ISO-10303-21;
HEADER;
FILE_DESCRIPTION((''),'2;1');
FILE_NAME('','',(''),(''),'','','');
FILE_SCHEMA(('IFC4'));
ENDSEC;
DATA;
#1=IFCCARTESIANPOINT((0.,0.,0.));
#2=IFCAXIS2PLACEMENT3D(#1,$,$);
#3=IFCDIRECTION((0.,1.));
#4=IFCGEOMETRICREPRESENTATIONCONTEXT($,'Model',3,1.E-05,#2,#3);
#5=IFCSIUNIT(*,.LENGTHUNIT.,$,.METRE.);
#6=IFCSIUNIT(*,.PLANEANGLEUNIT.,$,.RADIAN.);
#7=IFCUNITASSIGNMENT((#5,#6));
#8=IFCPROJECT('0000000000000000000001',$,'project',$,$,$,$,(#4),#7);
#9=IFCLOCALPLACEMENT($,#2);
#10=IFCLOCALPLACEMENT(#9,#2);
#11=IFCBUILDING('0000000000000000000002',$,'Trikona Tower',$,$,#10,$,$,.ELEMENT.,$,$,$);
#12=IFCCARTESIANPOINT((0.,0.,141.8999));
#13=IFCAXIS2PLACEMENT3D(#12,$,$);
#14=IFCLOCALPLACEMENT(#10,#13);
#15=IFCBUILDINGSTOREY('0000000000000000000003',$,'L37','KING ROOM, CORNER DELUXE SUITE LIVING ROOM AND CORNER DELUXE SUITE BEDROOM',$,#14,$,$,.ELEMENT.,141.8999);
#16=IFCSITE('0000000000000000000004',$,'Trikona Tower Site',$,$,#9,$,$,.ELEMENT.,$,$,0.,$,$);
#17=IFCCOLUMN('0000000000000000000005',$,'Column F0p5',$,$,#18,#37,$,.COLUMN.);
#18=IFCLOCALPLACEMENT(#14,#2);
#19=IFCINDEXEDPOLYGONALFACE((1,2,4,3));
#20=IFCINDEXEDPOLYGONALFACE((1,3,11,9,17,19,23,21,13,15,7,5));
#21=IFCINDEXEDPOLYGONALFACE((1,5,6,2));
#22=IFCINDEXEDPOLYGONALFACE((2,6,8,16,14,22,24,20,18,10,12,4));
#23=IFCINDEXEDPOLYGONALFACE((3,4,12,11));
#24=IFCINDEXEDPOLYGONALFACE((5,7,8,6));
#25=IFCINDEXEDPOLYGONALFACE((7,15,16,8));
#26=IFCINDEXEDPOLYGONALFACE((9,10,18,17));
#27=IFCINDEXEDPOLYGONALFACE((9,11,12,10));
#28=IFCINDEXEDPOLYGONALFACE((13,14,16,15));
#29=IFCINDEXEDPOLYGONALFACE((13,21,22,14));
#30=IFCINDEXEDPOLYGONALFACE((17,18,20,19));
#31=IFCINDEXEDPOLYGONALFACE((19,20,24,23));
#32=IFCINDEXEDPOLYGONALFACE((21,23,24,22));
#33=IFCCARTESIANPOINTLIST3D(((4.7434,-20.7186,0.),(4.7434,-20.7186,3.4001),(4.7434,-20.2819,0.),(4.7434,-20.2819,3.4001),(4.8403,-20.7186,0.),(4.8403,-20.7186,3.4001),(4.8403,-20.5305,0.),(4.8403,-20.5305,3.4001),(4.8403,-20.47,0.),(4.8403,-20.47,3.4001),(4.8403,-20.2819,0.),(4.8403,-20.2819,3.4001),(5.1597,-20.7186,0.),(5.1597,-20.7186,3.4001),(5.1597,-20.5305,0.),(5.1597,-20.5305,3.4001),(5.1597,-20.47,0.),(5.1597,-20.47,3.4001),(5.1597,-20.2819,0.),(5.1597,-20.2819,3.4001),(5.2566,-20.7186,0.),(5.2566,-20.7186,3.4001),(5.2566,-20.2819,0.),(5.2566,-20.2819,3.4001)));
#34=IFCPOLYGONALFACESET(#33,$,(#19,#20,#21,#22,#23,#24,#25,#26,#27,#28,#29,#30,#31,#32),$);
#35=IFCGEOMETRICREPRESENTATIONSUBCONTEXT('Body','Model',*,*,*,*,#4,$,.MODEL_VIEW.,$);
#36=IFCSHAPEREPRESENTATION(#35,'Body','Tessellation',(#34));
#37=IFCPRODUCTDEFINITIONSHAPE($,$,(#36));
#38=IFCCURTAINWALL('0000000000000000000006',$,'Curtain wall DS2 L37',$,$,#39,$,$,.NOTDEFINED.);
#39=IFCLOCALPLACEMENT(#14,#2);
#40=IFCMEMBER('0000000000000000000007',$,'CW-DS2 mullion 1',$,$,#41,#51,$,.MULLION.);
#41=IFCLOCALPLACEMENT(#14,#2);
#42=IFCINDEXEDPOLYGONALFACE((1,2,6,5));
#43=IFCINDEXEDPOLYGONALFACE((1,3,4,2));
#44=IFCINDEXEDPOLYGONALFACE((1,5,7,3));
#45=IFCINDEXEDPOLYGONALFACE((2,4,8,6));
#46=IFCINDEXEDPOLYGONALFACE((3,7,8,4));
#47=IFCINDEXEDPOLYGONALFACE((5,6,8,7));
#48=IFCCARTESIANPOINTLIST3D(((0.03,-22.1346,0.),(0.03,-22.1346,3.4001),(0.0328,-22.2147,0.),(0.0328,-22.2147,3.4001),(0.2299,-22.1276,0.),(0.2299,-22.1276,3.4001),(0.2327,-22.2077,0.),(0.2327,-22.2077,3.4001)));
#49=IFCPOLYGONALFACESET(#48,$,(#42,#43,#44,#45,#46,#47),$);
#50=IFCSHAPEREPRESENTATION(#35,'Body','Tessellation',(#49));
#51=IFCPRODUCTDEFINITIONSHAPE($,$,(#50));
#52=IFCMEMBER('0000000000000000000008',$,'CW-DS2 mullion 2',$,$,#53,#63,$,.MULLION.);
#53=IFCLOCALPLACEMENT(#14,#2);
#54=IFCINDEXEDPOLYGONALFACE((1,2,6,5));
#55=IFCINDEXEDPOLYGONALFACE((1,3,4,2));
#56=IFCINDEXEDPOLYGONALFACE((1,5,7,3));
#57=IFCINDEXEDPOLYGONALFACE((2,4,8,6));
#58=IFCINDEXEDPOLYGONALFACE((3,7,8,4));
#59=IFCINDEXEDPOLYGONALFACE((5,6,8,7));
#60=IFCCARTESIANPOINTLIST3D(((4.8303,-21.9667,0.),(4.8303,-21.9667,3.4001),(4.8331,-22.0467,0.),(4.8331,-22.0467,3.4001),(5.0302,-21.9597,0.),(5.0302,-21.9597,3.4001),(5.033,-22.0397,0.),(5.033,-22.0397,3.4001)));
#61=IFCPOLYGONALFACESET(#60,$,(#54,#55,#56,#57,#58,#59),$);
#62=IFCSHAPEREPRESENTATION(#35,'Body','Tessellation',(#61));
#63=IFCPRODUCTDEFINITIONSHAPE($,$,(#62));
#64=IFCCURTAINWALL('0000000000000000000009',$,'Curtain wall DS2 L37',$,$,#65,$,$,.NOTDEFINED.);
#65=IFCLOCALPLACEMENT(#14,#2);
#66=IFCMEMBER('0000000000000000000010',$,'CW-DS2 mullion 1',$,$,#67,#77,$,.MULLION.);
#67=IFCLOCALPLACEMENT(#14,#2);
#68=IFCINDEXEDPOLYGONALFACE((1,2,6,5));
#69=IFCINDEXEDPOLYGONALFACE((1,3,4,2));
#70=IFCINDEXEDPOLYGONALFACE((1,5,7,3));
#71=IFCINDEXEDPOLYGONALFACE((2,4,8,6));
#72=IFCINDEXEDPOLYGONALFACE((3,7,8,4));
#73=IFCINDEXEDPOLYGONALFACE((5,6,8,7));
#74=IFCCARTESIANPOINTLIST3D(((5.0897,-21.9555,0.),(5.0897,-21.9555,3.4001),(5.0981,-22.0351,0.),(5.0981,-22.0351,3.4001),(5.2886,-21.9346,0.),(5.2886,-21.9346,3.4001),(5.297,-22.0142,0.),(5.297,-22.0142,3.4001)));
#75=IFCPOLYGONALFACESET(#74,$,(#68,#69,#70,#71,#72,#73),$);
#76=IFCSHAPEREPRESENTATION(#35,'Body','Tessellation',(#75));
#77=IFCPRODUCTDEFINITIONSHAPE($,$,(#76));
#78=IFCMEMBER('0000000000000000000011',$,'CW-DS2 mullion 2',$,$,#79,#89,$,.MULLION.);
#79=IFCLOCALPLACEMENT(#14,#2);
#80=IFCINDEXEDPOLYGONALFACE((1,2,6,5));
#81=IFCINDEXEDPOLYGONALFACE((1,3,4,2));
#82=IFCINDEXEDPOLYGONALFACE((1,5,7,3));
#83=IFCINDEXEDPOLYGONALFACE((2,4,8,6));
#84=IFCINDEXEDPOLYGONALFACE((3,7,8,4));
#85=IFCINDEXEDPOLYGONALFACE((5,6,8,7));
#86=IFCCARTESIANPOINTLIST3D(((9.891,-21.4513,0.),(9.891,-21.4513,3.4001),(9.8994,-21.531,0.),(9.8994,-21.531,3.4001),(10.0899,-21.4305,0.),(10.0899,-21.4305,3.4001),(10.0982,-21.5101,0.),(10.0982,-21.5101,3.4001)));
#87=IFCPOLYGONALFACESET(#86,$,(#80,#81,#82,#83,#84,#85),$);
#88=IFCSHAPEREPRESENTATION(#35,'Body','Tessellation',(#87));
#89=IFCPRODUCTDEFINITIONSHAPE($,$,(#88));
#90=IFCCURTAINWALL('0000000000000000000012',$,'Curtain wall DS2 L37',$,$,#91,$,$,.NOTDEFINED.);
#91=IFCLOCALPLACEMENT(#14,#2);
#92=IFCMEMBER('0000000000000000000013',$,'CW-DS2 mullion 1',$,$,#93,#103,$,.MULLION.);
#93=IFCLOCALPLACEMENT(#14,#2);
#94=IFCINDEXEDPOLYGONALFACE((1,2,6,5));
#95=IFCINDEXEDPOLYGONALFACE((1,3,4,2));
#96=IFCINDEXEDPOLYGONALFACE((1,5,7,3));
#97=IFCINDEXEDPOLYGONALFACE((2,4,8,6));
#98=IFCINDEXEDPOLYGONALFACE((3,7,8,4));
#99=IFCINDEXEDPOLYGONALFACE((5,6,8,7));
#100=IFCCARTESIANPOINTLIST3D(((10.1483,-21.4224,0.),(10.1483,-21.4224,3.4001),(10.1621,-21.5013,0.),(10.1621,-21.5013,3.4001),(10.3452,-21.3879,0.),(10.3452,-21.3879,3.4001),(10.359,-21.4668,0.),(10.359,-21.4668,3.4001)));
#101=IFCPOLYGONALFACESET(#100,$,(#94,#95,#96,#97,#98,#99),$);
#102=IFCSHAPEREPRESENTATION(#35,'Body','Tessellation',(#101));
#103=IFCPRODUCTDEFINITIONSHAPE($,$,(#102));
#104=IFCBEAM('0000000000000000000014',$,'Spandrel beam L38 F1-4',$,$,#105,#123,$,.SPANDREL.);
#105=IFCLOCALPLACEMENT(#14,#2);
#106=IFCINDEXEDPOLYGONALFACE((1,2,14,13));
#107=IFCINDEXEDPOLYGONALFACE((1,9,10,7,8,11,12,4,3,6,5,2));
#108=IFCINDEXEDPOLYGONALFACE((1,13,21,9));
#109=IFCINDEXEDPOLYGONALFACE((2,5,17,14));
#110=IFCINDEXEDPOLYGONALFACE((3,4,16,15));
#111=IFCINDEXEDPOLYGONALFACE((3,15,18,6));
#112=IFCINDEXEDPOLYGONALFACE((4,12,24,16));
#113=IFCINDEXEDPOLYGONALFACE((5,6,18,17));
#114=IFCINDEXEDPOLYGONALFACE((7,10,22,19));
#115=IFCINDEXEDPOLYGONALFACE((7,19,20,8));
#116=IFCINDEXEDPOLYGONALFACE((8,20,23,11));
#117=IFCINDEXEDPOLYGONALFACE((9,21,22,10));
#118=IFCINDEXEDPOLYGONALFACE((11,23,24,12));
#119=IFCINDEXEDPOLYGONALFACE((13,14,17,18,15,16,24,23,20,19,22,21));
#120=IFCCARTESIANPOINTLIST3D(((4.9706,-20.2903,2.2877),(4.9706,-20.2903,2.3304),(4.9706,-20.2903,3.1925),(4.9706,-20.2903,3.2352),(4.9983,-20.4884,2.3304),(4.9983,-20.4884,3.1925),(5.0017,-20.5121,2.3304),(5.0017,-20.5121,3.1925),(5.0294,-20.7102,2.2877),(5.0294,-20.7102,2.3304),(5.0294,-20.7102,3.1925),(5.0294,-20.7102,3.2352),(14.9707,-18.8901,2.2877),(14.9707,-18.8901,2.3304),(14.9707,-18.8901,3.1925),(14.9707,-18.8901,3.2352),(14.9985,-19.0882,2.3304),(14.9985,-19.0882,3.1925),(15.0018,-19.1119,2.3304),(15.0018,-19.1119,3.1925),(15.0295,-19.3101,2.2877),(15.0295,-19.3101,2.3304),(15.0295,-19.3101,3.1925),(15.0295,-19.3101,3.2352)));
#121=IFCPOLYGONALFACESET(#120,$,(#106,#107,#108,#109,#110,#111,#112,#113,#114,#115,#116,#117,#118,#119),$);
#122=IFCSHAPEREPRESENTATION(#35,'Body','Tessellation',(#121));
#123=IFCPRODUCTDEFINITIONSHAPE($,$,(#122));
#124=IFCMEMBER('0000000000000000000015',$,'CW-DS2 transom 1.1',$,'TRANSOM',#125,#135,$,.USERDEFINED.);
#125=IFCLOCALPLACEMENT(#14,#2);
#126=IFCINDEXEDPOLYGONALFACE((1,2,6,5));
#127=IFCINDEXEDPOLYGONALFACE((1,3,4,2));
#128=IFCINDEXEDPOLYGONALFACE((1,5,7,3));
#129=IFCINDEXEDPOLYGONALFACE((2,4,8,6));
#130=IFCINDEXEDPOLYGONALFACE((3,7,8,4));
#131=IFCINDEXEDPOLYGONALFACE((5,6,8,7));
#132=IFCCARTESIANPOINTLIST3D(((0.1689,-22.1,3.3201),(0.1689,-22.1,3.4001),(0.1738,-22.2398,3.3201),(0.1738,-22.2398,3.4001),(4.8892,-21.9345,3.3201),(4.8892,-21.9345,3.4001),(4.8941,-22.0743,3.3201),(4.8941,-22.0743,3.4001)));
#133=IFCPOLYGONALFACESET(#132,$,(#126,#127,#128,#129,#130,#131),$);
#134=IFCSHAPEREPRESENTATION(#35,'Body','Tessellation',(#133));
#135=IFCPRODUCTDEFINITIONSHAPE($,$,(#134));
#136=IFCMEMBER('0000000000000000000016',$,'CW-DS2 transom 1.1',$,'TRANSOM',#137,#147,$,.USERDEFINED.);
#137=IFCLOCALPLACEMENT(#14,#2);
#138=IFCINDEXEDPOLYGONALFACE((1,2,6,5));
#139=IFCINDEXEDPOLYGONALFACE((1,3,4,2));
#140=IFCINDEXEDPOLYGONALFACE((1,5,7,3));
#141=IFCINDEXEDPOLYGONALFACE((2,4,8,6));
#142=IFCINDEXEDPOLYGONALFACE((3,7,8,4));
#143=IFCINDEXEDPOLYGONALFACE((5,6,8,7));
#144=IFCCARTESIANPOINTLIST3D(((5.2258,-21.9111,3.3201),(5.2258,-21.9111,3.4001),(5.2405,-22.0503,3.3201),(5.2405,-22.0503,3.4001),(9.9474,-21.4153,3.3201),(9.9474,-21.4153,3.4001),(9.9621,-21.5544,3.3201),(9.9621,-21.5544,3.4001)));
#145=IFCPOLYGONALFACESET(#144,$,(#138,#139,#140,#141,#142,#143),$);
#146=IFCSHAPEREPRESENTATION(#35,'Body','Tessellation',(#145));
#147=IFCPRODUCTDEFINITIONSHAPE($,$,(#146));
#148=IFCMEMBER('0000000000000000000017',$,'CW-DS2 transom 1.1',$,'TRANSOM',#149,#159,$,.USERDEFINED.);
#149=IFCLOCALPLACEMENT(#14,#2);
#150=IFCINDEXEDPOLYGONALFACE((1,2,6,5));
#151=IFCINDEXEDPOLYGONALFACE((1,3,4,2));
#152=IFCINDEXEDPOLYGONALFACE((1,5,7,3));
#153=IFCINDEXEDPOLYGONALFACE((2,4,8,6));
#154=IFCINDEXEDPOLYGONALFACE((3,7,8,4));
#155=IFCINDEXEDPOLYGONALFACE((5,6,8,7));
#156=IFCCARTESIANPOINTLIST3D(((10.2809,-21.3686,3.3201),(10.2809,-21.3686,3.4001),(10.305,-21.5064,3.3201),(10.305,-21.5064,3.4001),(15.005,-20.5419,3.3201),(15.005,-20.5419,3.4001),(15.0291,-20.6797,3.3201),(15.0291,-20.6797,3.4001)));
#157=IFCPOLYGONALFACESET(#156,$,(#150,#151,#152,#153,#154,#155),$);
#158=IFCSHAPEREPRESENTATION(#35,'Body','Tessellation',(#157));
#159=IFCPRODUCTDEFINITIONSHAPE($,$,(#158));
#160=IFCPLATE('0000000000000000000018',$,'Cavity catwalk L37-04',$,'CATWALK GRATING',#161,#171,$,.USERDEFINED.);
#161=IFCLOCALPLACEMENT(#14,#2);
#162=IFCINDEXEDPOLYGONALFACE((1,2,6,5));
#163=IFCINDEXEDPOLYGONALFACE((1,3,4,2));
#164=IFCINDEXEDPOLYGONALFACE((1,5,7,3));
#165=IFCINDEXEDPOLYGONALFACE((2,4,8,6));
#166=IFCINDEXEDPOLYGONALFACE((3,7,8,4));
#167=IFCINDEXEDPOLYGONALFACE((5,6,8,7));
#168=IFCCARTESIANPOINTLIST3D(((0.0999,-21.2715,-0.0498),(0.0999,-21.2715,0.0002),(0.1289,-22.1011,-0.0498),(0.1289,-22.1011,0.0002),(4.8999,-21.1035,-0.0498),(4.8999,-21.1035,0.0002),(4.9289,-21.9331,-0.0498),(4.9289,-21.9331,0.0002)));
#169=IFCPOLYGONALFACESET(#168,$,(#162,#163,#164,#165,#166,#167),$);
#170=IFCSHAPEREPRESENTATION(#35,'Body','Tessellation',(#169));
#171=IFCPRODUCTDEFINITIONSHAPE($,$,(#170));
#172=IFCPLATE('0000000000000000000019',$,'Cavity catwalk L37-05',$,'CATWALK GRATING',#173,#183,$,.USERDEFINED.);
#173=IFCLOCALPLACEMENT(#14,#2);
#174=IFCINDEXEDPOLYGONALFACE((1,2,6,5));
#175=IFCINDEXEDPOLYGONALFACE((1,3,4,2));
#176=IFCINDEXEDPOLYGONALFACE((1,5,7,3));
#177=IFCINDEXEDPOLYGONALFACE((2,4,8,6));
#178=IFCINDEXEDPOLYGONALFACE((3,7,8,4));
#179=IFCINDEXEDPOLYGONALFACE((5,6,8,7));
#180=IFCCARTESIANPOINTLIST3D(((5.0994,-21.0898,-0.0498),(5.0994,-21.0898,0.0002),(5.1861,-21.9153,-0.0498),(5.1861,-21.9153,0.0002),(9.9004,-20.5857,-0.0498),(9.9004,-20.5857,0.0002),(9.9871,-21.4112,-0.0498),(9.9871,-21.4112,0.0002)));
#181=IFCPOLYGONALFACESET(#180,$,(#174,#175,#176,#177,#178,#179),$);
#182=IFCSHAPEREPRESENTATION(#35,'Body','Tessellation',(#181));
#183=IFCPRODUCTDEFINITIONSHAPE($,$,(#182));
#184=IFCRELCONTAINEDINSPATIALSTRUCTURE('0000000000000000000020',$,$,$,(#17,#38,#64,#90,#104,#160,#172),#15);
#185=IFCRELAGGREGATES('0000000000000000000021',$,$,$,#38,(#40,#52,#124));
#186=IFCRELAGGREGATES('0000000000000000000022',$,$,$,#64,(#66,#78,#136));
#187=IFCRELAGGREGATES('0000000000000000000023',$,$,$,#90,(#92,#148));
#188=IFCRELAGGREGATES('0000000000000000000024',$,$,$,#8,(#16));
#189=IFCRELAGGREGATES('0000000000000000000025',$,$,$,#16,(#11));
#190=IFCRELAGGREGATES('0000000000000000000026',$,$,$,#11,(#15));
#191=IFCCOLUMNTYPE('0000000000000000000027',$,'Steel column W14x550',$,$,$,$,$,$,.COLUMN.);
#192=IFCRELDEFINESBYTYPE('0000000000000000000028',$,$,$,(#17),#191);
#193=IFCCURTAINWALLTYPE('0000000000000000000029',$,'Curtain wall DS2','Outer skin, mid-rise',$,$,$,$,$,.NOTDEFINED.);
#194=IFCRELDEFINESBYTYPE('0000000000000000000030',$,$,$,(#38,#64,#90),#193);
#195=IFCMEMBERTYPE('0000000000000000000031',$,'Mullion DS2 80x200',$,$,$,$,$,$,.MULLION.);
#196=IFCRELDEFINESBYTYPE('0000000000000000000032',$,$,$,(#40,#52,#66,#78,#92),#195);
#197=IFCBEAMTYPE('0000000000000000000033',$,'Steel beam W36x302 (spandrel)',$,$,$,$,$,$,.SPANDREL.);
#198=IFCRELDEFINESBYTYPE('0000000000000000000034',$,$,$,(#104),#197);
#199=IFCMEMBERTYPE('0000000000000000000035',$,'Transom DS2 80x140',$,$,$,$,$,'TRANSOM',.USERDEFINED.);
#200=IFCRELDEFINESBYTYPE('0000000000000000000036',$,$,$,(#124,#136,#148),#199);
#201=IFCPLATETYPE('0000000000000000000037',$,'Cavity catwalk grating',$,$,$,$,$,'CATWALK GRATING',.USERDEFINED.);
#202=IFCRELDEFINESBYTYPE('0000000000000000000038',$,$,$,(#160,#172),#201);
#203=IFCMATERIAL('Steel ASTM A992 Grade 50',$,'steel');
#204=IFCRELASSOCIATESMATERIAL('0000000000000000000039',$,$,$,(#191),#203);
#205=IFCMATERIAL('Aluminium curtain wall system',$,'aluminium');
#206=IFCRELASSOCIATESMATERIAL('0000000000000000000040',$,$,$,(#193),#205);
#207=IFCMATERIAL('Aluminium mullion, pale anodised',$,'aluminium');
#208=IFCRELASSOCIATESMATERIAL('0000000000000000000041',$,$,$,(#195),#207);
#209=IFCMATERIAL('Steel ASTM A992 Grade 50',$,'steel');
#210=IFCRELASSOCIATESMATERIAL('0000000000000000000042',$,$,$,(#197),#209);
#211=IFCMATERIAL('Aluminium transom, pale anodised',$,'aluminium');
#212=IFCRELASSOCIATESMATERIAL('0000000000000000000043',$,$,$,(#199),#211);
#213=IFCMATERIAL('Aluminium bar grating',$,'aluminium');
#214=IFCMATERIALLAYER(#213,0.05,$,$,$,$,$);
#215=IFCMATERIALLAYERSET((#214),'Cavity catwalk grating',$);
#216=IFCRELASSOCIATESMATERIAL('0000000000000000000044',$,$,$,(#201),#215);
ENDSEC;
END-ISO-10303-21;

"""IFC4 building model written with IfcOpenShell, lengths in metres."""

from ifc_helpers import new_model, si_unit, direction, frame, origin, origin_2d, place, context, subcontext, project, spatial, rectangle, i_section, extrude, material, layer, layer_set, material_profile, profile_set, type_object, element, aggregate, save


model = new_model("IFC4")

# Units and contexts
model_context = context("Model", 3, precision=1e-05, world=origin(), true_north=direction((0.0, 1.0)))
body_context = subcontext(model_context, "Body", "Model", "MODEL_VIEW")
ifc_project = project(units=[si_unit("LENGTHUNIT", "METRE"), si_unit("PLANEANGLEUNIT", "RADIAN")], contexts=[model_context])

# Site, building, storey
site_placement = place(None, origin())
site = spatial("IfcSite", under=ifc_project, at=site_placement, Name="Trikona Tower Site", CompositionType="ELEMENT", RefElevation=0.0)
building_placement = place(site_placement, origin())
building = spatial("IfcBuilding", under=site, at=building_placement, Name="Trikona Tower", CompositionType="ELEMENT")
storey_placement = place(building_placement, frame((0.0, 0.0, 141.8999)))
storey = spatial("IfcBuildingStorey", under=building, at=storey_placement, Name="L37", Description="KING ROOM, CORNER DELUXE SUITE LIVING ROOM AND CORNER DELUXE SUITE BEDROOM", CompositionType="ELEMENT", Elevation=141.8999)

# Column
ifc_material_1 = material(Name="Steel ASTM A992 Grade 50", Category="steel")
ifc_material_profile_1 = material_profile(ifc_material_1, i_section(OverallWidth=0.4368, OverallDepth=0.5132, WebThickness=0.0605, FlangeThickness=0.0969, at=origin_2d()), Name="W14X550")
ifc_profile_set_1 = profile_set([ifc_material_profile_1], Name="Steel ASTM A992 Grade 50")
column_type = type_object("IfcColumnType", Name="Steel column W14x550", PredefinedType="COLUMN", material=ifc_profile_set_1)
column_placement = place(storey_placement, frame((5.0, -20.5002, 0.0), z_axis=(0.0, 0.0, 1.0), x_axis=(0.0, -1.0, 0.0)))
element("IfcColumn", 1, at=column_placement, inside=storey, type_object=column_type, Name="Column F0p5", PredefinedType="COLUMN", context=body_context, shape_type="SweptSolid", body=[
    extrude(i_section(OverallWidth=0.4368, OverallDepth=0.5132, WebThickness=0.0605, FlangeThickness=0.0969, at=origin_2d()), origin(), (0.0, 0.0, 1.0), 3.4001),
])

# Curtain walls, members
ifc_material_2 = material(Name="Aluminium curtain wall system", Category="aluminium")
curtain_wall_type = type_object("IfcCurtainWallType", Name="Curtain wall DS2", Description="Outer skin, mid-rise", PredefinedType="NOTDEFINED", material=ifc_material_2)
curtain_wall_1_placement = place(storey_placement, origin())
curtain_wall_1 = element("IfcCurtainWall", 2, at=curtain_wall_1_placement, inside=storey, type_object=curtain_wall_type, Name="Curtain wall DS2 L37", PredefinedType="NOTDEFINED")
ifc_material_3 = material(Name="Aluminium mullion, pale anodised", Category="aluminium")
ifc_material_profile_2 = material_profile(ifc_material_3, rectangle(XDim=0.0801, YDim=0.2, at=origin_2d()), Name="MUL-DS2")
ifc_profile_set_2 = profile_set([ifc_material_profile_2], Name="Aluminium mullion, pale anodised")
member_type_1 = type_object("IfcMemberType", Name="Mullion DS2 80x200", PredefinedType="MULLION", material=ifc_profile_set_2)
member_1_placement = place(storey_placement, frame((0.1313, -22.1711, 0.0), z_axis=(0.0, 0.0, 1.0), x_axis=(-0.034998, 0.999387, 0.0)))
member_1 = element("IfcMember", 3, at=member_1_placement, type_object=member_type_1, Name="CW-DS2 mullion 1", PredefinedType="MULLION", context=body_context, shape_type="SweptSolid", body=[
    extrude(rectangle(XDim=0.0801, YDim=0.2, at=origin_2d()), origin(), (0.0, 0.0, 1.0), 3.4001),
])
member_2_placement = place(storey_placement, frame((4.9316, -22.0032, 0.0), z_axis=(0.0, 0.0, 1.0), x_axis=(-0.034998, 0.999387, 0.0)))
member_2 = element("IfcMember", 4, at=member_2_placement, type_object=member_type_1, Name="CW-DS2 mullion 2", PredefinedType="MULLION", context=body_context, shape_type="SweptSolid", body=[
    extrude(rectangle(XDim=0.0801, YDim=0.2, at=origin_2d()), origin(), (0.0, 0.0, 1.0), 3.4001),
])
curtain_wall_2_placement = place(storey_placement, origin())
curtain_wall_2 = element("IfcCurtainWall", 5, at=curtain_wall_2_placement, inside=storey, type_object=curtain_wall_type, Name="Curtain wall DS2 L37", PredefinedType="NOTDEFINED")
member_3_placement = place(storey_placement, frame((5.1934, -21.9849, 0.0), z_axis=(0.0, 0.0, 1.0), x_axis=(-0.104433, 0.994532, 0.0)))
member_3 = element("IfcMember", 6, at=member_3_placement, type_object=member_type_1, Name="CW-DS2 mullion 1", PredefinedType="MULLION", context=body_context, shape_type="SweptSolid", body=[
    extrude(rectangle(XDim=0.0801, YDim=0.2, at=origin_2d()), origin(), (0.0, 0.0, 1.0), 3.4001),
])
member_4_placement = place(storey_placement, frame((9.9946, -21.4807, 0.0), z_axis=(0.0, 0.0, 1.0), x_axis=(-0.104433, 0.994532, 0.0)))
member_4 = element("IfcMember", 7, at=member_4_placement, type_object=member_type_1, Name="CW-DS2 mullion 2", PredefinedType="MULLION", context=body_context, shape_type="SweptSolid", body=[
    extrude(rectangle(XDim=0.0801, YDim=0.2, at=origin_2d()), origin(), (0.0, 0.0, 1.0), 3.4001),
])

# Curtain wall, member
curtain_wall_3_placement = place(storey_placement, origin())
curtain_wall_3 = element("IfcCurtainWall", 8, at=curtain_wall_3_placement, inside=storey, type_object=curtain_wall_type, Name="Curtain wall DS2 L37", PredefinedType="NOTDEFINED")
member_5_placement = place(storey_placement, frame((10.2537, -21.4446, 0.0), z_axis=(0.0, 0.0, 1.0), x_axis=(-0.172377, 0.985031, 0.0)))
member_5 = element("IfcMember", 9, at=member_5_placement, type_object=member_type_1, Name="CW-DS2 mullion 1", PredefinedType="MULLION", context=body_context, shape_type="SweptSolid", body=[
    extrude(rectangle(XDim=0.0801, YDim=0.2, at=origin_2d()), origin(), (0.0, 0.0, 1.0), 3.4001),
])

# Beam
ifc_material_4 = material(Name="Steel ASTM A992 Grade 50", Category="steel")
ifc_material_profile_3 = material_profile(ifc_material_4, i_section(OverallWidth=0.4241, OverallDepth=0.9475, WebThickness=0.0239, FlangeThickness=0.0427, at=origin_2d()), Name="W36X302")
ifc_profile_set_3 = profile_set([ifc_material_profile_3], Name="Steel ASTM A992 Grade 50")
beam_type = type_object("IfcBeamType", Name="Steel beam W36x302 (spandrel)", PredefinedType="SPANDREL", material=ifc_profile_set_3)
beam_placement = place(storey_placement, frame((5.0, -20.5002, 2.7615), z_axis=(0.99034, 0.138662, 0.0), x_axis=(-0.138662, 0.99034, 0.0)))
element("IfcBeam", 10, at=beam_placement, inside=storey, type_object=beam_type, Name="Spandrel beam L38 F1-4", PredefinedType="SPANDREL", context=body_context, shape_type="SweptSolid", body=[
    extrude(i_section(OverallWidth=0.4241, OverallDepth=0.9475, WebThickness=0.0239, FlangeThickness=0.0427, at=origin_2d()), origin(), (0.0, 0.0, 1.0), 10.0977),
])

# Members
ifc_material_5 = material(Name="Aluminium transom, pale anodised", Category="aluminium")
ifc_material_profile_4 = material_profile(ifc_material_5, rectangle(XDim=0.1399, YDim=0.0801, at=origin_2d()), Name="TRN-DS2")
ifc_profile_set_4 = profile_set([ifc_material_profile_4], Name="Aluminium transom, pale anodised")
member_type_2 = type_object("IfcMemberType", Name="Transom DS2 80x140", ElementType="TRANSOM", PredefinedType="USERDEFINED", material=ifc_profile_set_4)
member_6_placement = place(storey_placement, frame((0.1714, -22.1699, 3.3601), z_axis=(0.999386, 0.035046, 0.0), x_axis=(-0.035046, 0.999386, 0.0)))
member_6 = element("IfcMember", 11, at=member_6_placement, type_object=member_type_2, Name="CW-DS2 transom 1.1", ObjectType="TRANSOM", PredefinedType="USERDEFINED", context=body_context, shape_type="SweptSolid", body=[
    extrude(rectangle(XDim=0.1399, YDim=0.0801, at=origin_2d()), origin(), (0.0, 0.0, 1.0), 4.7231),
])
member_7_placement = place(storey_placement, frame((5.2332, -21.9807, 3.3601), z_axis=(0.994531, 0.104441, 0.0), x_axis=(-0.104441, 0.994531, 0.0)))
member_7 = element("IfcMember", 12, at=member_7_placement, type_object=member_type_2, Name="CW-DS2 transom 1.1", ObjectType="TRANSOM", PredefinedType="USERDEFINED", context=body_context, shape_type="SweptSolid", body=[
    extrude(rectangle(XDim=0.1399, YDim=0.0801, at=origin_2d()), origin(), (0.0, 0.0, 1.0), 4.7476),
])
member_8_placement = place(storey_placement, frame((10.293, -21.4375, 3.3601), z_axis=(0.985033, 0.172368, 0.0), x_axis=(-0.172368, 0.985033, 0.0)))
member_8 = element("IfcMember", 13, at=member_8_placement, type_object=member_type_2, Name="CW-DS2 transom 1.1", ObjectType="TRANSOM", PredefinedType="USERDEFINED", context=body_context, shape_type="SweptSolid", body=[
    extrude(rectangle(XDim=0.1399, YDim=0.0801, at=origin_2d()), origin(), (0.0, 0.0, 1.0), 4.7959),
])

# Plates
ifc_material_6 = material(Name="Aluminium bar grating", Category="aluminium")
ifc_layer_1 = layer(ifc_material_6, 0.05)
ifc_layer_set_1 = layer_set([ifc_layer_1], Name="Cavity catwalk grating")
plate_type_1 = type_object("IfcPlateType", Name="Cavity catwalk grating", ElementType="CATWALK GRATING", PredefinedType="USERDEFINED", material=ifc_layer_set_1)
plate_1_placement = place(storey_placement, frame((2.5144, -21.6023, -0.0498), z_axis=(0.0, 0.0, 1.0), x_axis=(0.999388, 0.034978, 0.0)))
element("IfcPlate", 14, at=plate_1_placement, inside=storey, type_object=plate_type_1, Name="Cavity catwalk L37-04", ObjectType="CATWALK GRATING", PredefinedType="USERDEFINED", context=body_context, shape_type="SweptSolid", body=[
    extrude(rectangle(XDim=4.803, YDim=0.8301, at=origin_2d()), origin(), (0.0, 0.0, 1.0), 0.05),
])
plate_2_placement = place(storey_placement, frame((7.5432, -21.2505, -0.0498), z_axis=(0.0, 0.0, 1.0), x_axis=(0.994533, 0.104426, 0.0)))
element("IfcPlate", 15, at=plate_2_placement, inside=storey, type_object=plate_type_1, Name="Cavity catwalk L37-05", ObjectType="CATWALK GRATING", PredefinedType="USERDEFINED", context=body_context, shape_type="SweptSolid", body=[
    extrude(rectangle(XDim=4.8274, YDim=0.8301, at=origin_2d()), origin(), (0.0, 0.0, 1.0), 0.05),
])

aggregate(curtain_wall_1, [member_1, member_2, member_6])
aggregate(curtain_wall_2, [member_3, member_4, member_7])
aggregate(curtain_wall_3, [member_5, member_8])

save(model, "model.ifc")
